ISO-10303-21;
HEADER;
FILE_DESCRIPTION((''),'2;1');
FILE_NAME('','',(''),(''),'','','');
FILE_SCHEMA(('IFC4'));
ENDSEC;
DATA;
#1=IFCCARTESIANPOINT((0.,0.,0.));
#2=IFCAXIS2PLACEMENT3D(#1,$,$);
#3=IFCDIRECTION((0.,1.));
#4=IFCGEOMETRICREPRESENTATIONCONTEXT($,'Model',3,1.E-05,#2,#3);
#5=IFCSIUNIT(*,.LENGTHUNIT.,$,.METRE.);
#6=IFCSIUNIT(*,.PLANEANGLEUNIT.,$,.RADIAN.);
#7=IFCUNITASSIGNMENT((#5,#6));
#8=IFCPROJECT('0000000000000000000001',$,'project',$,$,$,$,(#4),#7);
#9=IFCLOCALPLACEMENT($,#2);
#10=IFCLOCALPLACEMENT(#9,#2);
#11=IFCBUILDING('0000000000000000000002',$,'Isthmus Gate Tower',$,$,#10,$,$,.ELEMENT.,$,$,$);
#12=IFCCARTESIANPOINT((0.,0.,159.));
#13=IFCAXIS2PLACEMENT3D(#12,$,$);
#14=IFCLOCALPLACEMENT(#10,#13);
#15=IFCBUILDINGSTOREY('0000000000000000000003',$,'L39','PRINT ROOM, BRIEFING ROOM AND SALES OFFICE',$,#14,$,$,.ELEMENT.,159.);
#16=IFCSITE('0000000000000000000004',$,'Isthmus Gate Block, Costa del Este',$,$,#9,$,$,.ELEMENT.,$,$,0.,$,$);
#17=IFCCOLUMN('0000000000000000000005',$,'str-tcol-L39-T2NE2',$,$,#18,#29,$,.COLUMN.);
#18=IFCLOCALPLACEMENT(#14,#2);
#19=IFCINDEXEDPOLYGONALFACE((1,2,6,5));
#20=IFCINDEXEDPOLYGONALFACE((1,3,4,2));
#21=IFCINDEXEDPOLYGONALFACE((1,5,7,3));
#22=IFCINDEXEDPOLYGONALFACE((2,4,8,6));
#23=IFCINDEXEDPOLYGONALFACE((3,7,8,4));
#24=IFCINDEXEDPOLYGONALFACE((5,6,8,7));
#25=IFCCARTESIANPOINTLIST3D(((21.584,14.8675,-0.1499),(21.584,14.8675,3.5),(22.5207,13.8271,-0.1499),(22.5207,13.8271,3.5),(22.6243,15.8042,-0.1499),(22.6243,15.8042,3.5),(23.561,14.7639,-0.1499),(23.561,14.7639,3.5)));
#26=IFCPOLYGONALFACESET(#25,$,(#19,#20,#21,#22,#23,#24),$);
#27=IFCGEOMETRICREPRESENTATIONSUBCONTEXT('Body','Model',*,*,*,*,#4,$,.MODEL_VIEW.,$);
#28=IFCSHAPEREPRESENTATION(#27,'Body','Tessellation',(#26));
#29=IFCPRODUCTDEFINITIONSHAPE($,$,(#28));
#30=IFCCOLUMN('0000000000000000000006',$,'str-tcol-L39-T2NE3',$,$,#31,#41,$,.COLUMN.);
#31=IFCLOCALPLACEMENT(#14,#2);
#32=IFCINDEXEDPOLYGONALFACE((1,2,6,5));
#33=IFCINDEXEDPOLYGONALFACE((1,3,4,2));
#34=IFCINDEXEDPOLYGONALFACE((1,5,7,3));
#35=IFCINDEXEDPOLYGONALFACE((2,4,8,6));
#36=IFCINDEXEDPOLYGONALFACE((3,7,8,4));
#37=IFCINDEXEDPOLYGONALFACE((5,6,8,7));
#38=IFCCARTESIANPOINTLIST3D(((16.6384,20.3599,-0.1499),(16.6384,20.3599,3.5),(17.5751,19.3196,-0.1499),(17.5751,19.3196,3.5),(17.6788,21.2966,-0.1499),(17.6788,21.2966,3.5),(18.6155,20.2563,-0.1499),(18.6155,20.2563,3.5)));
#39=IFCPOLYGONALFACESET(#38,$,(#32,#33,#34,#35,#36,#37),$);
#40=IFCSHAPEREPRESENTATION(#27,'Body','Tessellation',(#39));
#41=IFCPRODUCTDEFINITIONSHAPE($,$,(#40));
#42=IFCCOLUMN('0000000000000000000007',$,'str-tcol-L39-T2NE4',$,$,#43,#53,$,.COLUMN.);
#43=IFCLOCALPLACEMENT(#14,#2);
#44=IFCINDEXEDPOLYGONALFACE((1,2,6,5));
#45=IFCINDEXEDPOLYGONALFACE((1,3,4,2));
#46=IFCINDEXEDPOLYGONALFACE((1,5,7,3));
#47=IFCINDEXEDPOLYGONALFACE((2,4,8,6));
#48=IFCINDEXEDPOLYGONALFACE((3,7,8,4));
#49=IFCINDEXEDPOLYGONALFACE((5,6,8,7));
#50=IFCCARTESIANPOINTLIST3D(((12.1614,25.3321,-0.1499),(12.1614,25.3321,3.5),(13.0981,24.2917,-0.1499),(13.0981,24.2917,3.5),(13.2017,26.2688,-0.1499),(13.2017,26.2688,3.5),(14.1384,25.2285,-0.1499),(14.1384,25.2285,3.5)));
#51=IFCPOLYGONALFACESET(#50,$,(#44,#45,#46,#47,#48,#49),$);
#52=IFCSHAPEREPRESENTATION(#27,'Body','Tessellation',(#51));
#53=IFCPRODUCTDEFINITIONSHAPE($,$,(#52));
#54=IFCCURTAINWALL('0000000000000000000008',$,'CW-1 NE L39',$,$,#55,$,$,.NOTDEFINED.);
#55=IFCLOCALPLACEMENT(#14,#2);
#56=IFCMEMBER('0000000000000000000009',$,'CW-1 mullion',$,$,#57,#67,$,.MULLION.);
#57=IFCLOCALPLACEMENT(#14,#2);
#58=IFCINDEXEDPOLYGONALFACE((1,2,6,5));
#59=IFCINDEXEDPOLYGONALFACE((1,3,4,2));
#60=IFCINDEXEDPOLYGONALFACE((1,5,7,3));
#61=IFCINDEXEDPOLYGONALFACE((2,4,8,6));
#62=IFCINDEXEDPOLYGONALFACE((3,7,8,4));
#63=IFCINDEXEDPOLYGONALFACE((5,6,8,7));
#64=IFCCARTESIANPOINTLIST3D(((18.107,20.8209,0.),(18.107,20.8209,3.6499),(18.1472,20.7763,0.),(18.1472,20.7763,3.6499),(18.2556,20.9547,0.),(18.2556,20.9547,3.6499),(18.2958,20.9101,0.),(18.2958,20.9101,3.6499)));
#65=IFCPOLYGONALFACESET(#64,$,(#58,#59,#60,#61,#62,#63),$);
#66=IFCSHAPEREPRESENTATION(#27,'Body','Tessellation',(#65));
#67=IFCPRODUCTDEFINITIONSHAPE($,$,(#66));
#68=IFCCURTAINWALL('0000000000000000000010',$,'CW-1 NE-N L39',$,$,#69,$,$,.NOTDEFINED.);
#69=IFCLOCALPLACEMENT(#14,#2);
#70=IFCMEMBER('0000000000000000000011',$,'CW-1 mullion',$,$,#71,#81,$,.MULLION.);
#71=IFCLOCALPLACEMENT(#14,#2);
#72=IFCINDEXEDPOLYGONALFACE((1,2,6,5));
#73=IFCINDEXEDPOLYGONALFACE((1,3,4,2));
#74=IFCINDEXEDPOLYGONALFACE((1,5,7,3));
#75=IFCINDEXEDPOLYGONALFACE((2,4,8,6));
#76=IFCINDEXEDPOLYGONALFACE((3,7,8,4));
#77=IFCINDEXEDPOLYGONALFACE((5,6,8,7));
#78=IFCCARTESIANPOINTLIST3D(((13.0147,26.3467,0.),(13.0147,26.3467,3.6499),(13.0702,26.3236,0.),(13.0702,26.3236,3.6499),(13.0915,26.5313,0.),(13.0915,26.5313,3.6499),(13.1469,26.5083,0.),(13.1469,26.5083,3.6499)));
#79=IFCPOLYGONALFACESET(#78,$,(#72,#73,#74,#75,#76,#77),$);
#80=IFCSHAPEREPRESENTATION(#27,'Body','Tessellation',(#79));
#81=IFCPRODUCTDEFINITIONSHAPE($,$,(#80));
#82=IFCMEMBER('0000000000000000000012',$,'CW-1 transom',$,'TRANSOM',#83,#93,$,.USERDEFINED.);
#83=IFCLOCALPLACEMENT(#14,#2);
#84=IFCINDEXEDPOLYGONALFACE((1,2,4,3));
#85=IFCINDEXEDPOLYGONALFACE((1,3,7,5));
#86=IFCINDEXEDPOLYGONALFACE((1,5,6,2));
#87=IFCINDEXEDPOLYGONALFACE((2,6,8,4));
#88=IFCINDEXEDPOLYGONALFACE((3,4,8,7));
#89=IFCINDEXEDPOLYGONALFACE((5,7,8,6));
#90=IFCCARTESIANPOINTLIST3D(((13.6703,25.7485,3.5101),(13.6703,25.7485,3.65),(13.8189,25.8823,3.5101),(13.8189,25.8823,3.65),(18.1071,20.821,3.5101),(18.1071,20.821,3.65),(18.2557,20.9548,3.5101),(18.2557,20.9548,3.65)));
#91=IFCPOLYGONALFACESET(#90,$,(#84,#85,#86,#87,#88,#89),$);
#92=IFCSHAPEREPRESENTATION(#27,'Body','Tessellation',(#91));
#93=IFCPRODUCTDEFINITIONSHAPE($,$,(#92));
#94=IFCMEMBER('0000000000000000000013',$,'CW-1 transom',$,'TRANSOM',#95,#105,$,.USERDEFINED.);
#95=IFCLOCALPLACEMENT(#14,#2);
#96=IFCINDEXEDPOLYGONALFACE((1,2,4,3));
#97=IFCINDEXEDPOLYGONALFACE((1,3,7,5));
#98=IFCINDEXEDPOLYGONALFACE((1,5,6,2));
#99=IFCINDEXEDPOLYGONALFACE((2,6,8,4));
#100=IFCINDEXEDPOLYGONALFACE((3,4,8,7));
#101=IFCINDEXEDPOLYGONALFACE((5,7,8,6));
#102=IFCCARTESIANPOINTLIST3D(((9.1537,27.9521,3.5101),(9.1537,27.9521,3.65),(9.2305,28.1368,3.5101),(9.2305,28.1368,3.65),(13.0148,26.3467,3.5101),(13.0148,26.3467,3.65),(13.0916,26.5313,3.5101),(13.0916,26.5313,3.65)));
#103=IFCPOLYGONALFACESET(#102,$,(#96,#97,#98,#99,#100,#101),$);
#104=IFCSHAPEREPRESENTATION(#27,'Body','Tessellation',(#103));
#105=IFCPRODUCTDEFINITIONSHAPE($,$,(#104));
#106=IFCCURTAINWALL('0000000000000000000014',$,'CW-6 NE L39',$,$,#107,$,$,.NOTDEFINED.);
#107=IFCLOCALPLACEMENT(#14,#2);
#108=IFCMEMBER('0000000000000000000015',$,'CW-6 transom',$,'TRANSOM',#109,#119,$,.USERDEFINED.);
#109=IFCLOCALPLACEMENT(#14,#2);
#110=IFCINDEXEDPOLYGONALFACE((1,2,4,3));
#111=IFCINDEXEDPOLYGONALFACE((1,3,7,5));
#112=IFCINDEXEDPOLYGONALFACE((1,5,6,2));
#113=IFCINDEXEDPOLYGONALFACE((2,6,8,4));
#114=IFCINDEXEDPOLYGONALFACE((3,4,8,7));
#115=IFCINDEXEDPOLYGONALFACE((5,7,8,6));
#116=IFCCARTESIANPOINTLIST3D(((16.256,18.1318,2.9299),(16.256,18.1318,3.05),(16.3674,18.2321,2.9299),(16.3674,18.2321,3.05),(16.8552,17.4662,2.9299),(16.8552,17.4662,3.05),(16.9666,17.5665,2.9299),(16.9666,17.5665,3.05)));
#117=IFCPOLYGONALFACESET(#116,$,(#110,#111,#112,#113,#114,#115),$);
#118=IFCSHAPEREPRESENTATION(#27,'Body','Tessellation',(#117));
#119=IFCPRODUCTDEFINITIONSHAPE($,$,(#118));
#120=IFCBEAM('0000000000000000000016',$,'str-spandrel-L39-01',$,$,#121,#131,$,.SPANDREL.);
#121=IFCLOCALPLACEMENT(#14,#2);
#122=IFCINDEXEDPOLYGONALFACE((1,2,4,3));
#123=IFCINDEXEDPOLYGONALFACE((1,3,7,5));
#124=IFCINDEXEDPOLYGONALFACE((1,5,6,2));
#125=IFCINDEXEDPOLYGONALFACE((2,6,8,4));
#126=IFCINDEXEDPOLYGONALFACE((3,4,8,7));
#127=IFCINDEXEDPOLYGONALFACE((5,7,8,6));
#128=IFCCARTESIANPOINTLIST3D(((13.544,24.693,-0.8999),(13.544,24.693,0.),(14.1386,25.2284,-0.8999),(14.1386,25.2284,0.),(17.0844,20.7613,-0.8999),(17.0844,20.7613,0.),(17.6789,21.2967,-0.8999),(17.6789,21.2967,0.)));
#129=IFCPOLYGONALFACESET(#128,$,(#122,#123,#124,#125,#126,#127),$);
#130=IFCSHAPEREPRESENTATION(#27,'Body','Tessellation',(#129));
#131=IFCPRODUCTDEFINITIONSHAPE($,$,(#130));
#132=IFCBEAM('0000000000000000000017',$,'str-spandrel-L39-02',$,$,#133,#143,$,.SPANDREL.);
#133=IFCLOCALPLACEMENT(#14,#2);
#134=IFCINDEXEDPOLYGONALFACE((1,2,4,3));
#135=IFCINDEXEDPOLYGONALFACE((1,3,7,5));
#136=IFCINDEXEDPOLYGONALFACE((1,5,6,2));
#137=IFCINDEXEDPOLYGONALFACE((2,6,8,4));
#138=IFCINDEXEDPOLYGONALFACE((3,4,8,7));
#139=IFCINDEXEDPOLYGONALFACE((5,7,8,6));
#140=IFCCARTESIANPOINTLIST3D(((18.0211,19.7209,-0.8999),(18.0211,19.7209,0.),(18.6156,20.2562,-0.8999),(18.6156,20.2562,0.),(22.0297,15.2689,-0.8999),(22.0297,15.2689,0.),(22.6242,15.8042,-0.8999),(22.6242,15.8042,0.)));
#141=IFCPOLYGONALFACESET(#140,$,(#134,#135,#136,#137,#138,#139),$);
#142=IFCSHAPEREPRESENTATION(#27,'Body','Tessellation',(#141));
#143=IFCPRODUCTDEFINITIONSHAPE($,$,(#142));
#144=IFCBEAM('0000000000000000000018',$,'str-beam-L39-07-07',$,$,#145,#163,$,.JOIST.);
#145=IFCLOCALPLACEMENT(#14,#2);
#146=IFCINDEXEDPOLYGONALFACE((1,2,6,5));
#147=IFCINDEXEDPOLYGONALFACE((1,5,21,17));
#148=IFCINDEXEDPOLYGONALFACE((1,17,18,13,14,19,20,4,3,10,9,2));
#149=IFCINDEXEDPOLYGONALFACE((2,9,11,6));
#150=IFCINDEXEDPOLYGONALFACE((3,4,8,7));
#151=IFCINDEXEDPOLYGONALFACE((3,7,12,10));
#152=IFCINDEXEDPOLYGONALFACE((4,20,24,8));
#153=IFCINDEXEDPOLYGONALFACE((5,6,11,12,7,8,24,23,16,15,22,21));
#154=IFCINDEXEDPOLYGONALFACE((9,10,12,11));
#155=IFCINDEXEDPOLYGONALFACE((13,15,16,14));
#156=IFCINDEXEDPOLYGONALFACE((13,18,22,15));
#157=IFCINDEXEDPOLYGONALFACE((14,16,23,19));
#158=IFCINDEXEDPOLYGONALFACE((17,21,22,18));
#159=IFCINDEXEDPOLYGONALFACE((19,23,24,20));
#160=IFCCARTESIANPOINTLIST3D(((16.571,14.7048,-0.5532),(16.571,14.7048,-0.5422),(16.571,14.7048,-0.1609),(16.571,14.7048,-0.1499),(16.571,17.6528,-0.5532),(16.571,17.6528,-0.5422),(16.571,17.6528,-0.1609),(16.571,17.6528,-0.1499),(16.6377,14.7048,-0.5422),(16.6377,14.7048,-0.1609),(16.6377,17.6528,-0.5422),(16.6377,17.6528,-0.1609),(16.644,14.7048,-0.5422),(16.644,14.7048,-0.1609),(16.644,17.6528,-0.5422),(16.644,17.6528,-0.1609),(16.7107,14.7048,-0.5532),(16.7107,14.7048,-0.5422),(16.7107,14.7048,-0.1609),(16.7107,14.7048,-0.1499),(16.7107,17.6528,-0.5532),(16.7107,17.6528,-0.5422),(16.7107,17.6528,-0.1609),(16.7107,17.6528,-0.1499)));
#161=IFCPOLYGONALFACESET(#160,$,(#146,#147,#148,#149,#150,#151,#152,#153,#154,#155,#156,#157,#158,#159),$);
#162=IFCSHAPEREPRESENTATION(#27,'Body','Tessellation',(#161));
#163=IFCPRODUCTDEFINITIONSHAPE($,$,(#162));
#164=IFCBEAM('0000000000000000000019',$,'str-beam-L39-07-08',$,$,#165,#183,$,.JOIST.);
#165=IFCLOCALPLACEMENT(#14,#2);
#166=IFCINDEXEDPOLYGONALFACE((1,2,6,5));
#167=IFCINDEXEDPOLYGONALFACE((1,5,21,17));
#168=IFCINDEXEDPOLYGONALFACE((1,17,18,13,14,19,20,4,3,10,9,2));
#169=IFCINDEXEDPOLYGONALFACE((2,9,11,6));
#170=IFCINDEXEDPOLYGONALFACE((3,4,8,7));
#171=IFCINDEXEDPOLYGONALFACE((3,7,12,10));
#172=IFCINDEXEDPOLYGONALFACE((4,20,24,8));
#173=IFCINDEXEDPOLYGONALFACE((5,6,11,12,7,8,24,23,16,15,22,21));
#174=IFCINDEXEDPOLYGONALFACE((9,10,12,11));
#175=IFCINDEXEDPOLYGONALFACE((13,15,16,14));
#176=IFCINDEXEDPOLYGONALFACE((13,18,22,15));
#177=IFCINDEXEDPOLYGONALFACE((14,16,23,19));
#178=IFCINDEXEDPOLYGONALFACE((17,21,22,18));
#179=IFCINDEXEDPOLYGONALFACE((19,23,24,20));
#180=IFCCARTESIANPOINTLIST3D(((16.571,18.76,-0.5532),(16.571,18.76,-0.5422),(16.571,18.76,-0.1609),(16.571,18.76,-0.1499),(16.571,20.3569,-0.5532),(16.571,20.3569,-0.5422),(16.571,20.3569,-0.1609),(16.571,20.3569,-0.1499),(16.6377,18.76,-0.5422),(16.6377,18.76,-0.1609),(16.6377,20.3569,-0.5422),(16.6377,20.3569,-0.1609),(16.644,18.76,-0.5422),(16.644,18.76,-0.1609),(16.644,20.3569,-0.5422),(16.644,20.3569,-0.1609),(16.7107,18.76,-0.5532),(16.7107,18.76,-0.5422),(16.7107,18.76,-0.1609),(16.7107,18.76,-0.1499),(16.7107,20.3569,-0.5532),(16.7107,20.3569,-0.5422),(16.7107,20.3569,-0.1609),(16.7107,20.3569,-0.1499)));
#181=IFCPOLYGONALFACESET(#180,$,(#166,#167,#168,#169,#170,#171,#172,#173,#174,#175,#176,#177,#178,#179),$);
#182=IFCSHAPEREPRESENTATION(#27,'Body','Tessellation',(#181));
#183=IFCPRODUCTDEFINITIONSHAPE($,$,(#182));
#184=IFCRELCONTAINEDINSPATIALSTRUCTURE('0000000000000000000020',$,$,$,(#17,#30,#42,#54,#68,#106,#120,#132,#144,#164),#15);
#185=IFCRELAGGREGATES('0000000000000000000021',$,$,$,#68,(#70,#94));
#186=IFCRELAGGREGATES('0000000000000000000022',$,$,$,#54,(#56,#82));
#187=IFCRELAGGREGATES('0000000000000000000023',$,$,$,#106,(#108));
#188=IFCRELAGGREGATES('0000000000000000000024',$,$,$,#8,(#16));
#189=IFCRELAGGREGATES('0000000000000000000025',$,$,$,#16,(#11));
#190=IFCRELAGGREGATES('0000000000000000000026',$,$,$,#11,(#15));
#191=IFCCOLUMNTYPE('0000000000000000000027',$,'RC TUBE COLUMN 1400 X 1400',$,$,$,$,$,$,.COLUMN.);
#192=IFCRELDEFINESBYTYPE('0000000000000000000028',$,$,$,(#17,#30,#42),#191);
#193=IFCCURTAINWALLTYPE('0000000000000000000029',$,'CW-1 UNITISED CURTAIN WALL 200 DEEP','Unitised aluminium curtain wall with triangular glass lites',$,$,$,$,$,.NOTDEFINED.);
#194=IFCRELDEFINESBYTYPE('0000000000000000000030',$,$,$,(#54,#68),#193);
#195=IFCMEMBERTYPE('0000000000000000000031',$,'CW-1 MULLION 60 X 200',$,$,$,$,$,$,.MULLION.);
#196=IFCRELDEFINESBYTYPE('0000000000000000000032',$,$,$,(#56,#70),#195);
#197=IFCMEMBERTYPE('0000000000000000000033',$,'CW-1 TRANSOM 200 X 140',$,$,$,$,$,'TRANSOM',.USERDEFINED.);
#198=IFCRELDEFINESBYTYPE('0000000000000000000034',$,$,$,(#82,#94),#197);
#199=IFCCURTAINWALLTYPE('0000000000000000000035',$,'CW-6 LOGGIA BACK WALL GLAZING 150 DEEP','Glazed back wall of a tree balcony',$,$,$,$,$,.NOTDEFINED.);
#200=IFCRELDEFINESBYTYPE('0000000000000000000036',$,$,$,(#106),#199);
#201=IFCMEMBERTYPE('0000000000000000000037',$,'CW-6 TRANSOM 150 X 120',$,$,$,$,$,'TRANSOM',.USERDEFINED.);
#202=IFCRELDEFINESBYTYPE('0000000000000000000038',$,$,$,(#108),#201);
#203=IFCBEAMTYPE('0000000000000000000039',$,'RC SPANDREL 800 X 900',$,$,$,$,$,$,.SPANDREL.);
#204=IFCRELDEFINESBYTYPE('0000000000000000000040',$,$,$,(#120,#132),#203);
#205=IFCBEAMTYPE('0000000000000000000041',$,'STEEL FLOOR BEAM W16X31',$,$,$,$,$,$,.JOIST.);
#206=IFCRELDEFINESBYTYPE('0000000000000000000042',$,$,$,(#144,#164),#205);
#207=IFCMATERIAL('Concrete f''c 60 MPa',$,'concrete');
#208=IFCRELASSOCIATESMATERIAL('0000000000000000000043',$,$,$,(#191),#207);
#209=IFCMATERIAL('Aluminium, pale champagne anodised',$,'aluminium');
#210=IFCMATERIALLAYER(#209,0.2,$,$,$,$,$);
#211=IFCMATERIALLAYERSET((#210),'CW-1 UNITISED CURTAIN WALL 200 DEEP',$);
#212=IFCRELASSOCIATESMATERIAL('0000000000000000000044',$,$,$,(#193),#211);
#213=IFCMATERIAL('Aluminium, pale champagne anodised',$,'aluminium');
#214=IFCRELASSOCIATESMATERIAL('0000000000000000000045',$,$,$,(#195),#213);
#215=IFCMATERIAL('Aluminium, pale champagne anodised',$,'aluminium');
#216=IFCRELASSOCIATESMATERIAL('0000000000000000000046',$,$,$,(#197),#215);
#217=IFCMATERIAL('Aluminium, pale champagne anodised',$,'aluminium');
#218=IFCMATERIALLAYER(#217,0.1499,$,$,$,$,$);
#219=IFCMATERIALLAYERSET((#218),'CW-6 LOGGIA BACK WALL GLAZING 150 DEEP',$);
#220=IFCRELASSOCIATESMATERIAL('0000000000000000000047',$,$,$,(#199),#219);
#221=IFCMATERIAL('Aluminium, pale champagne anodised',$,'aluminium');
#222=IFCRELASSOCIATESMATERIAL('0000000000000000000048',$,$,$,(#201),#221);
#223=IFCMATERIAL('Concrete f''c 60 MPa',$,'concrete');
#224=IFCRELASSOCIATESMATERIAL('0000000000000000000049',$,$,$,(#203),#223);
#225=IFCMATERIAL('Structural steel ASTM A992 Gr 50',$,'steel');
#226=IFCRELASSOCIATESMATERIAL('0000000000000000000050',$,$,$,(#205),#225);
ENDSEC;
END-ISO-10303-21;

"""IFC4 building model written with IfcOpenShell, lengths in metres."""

from ifc_helpers import new_model, si_unit, direction, frame, origin, origin_2d, place, context, subcontext, project, spatial, rectangle, i_section, extrude, material, layer, layer_set, material_profile, profile_set, type_object, element, aggregate, save


model = new_model("IFC4")

# Units and contexts
model_context = context("Model", 3, precision=1e-05, world=origin(), true_north=direction((0.0, 1.0)))
body_context = subcontext(model_context, "Body", "Model", "MODEL_VIEW")
ifc_project = project(units=[si_unit("LENGTHUNIT", "METRE"), si_unit("PLANEANGLEUNIT", "RADIAN")], contexts=[model_context])

# Site, building, storey
site_placement = place(None, origin())
site = spatial("IfcSite", under=ifc_project, at=site_placement, Name="Isthmus Gate Block, Costa del Este", CompositionType="ELEMENT", RefElevation=0.0)
building_placement = place(site_placement, origin())
building = spatial("IfcBuilding", under=site, at=building_placement, Name="Isthmus Gate Tower", CompositionType="ELEMENT")
storey_placement = place(building_placement, frame((0.0, 0.0, 159.0)))
storey = spatial("IfcBuildingStorey", under=building, at=storey_placement, Name="L39", Description="PRINT ROOM, BRIEFING ROOM AND SALES OFFICE", CompositionType="ELEMENT", Elevation=159.0)

# Columns
ifc_material_1 = material(Name="Concrete f'c 60 MPa", Category="concrete")
ifc_material_profile_1 = material_profile(ifc_material_1, rectangle(XDim=1.3999, YDim=1.3999, at=origin_2d()), Name="RC 1400X1400")
ifc_profile_set_1 = profile_set([ifc_material_profile_1], Name="Concrete f'c 60 MPa")
column_type = type_object("IfcColumnType", Name="RC TUBE COLUMN 1400 X 1400", PredefinedType="COLUMN", material=ifc_profile_set_1)
for number, where, z_axis, x_axis, name in (
    (1, (22.5725, 14.8157, -0.1499), (0.0, 0.0, 1.0), (-0.669131, 0.743145, 0.0), "str-tcol-L39-T2NE2"),
    (2, (17.627, 20.3081, -0.1499), (0.0, 0.0, 1.0), (-0.669131, 0.743145, 0.0), "str-tcol-L39-T2NE3"),
    (3, (13.1499, 25.2803, -0.1499), (0.0, 0.0, 1.0), (-0.669131, 0.743145, 0.0), "str-tcol-L39-T2NE4"),
):
    element("IfcColumn", number, at=place(storey_placement, frame(where, z_axis=z_axis, x_axis=x_axis)), inside=storey, type_object=column_type, Name=name, PredefinedType="COLUMN", context=body_context, shape_type="SweptSolid", body=[
        extrude(rectangle(XDim=1.3999, YDim=1.3999, at=origin_2d()), origin(), (0.0, 0.0, 1.0), 3.6499),
    ])

# Curtain walls, members
ifc_material_2 = material(Name="Aluminium, pale champagne anodised", Category="aluminium")
ifc_layer_1 = layer(ifc_material_2, 0.2)
ifc_layer_set_1 = layer_set([ifc_layer_1], Name="CW-1 UNITISED CURTAIN WALL 200 DEEP")
curtain_wall_type_1 = type_object("IfcCurtainWallType", Name="CW-1 UNITISED CURTAIN WALL 200 DEEP", Description="Unitised aluminium curtain wall with triangular glass lites", PredefinedType="NOTDEFINED", material=ifc_layer_set_1)
curtain_wall_1_placement = place(storey_placement, origin())
curtain_wall_1 = element("IfcCurtainWall", 4, at=curtain_wall_1_placement, inside=storey, type_object=curtain_wall_type_1, Name="CW-1 NE L39", PredefinedType="NOTDEFINED")
ifc_material_3 = material(Name="Aluminium, pale champagne anodised", Category="aluminium")
ifc_material_profile_2 = material_profile(ifc_material_3, rectangle(XDim=0.0601, YDim=0.2, at=origin_2d()), Name="60x200")
ifc_profile_set_2 = profile_set([ifc_material_profile_2], Name="Aluminium, pale champagne anodised")
member_type_1 = type_object("IfcMemberType", Name="CW-1 MULLION 60 X 200", PredefinedType="MULLION", material=ifc_profile_set_2)
member_1_placement = place(storey_placement, frame((18.2014, 20.8655, 0.0), z_axis=(0.0, 0.0, 1.0), x_axis=(-0.669131, 0.743145, 0.0)))
member_1 = element("IfcMember", 5, at=member_1_placement, type_object=member_type_1, Name="CW-1 mullion", PredefinedType="MULLION", context=body_context, shape_type="SweptSolid", body=[
    extrude(rectangle(XDim=0.0601, YDim=0.2, at=origin_2d()), origin(), (0.0, 0.0, 1.0), 3.6499),
])
curtain_wall_2_placement = place(storey_placement, origin())
curtain_wall_2 = element("IfcCurtainWall", 6, at=curtain_wall_2_placement, inside=storey, type_object=curtain_wall_type_1, Name="CW-1 NE-N L39", PredefinedType="NOTDEFINED")
member_2_placement = place(storey_placement, frame((13.0808, 26.4275, 0.0), z_axis=(0.0, 0.0, 1.0), x_axis=(-0.923353, 0.383952, 0.0)))
member_2 = element("IfcMember", 7, at=member_2_placement, type_object=member_type_1, Name="CW-1 mullion", PredefinedType="MULLION", context=body_context, shape_type="SweptSolid", body=[
    extrude(rectangle(XDim=0.0601, YDim=0.2, at=origin_2d()), origin(), (0.0, 0.0, 1.0), 3.6499),
])

# Members
ifc_material_4 = material(Name="Aluminium, pale champagne anodised", Category="aluminium")
ifc_material_profile_3 = material_profile(ifc_material_4, rectangle(XDim=0.2, YDim=0.1399, at=origin_2d()), Name="200x140")
ifc_profile_set_3 = profile_set([ifc_material_profile_3], Name="Aluminium, pale champagne anodised")
member_type_2 = type_object("IfcMemberType", Name="CW-1 TRANSOM 200 X 140", ElementType="TRANSOM", PredefinedType="USERDEFINED", material=ifc_profile_set_3)
member_3_placement = place(storey_placement, frame((18.1814, 20.8879, 3.5801), z_axis=(-0.669134, 0.743142, 0.0), x_axis=(-0.743142, -0.669134, 0.0)))
member_3 = element("IfcMember", 8, at=member_3_placement, type_object=member_type_2, Name="CW-1 transom", ObjectType="TRANSOM", PredefinedType="USERDEFINED", context=body_context, shape_type="SweptSolid", body=[
    extrude(rectangle(XDim=0.2, YDim=0.1399, at=origin_2d()), origin(), (0.0, 0.0, 1.0), 6.6306),
])
member_4_placement = place(storey_placement, frame((13.0532, 26.439, 3.5801), z_axis=(-0.923358, 0.38394, 0.0), x_axis=(-0.38394, -0.923358, 0.0)))
member_4 = element("IfcMember", 9, at=member_4_placement, type_object=member_type_2, Name="CW-1 transom", ObjectType="TRANSOM", PredefinedType="USERDEFINED", context=body_context, shape_type="SweptSolid", body=[
    extrude(rectangle(XDim=0.2, YDim=0.1399, at=origin_2d()), origin(), (0.0, 0.0, 1.0), 4.1816),
])
aggregate(curtain_wall_2, [member_2, member_4])

# Curtain wall, member
ifc_material_5 = material(Name="Aluminium, pale champagne anodised", Category="aluminium")
ifc_layer_2 = layer(ifc_material_5, 0.1499)
ifc_layer_set_2 = layer_set([ifc_layer_2], Name="CW-6 LOGGIA BACK WALL GLAZING 150 DEEP")
curtain_wall_type_2 = type_object("IfcCurtainWallType", Name="CW-6 LOGGIA BACK WALL GLAZING 150 DEEP", Description="Glazed back wall of a tree balcony", PredefinedType="NOTDEFINED", material=ifc_layer_set_2)
curtain_wall_3_placement = place(storey_placement, origin())
curtain_wall_3 = element("IfcCurtainWall", 10, at=curtain_wall_3_placement, inside=storey, type_object=curtain_wall_type_2, Name="CW-6 NE L39", PredefinedType="NOTDEFINED")
ifc_material_6 = material(Name="Aluminium, pale champagne anodised", Category="aluminium")
ifc_material_profile_4 = material_profile(ifc_material_6, rectangle(XDim=0.1499, YDim=0.1201, at=origin_2d()), Name="150x120")
ifc_profile_set_4 = profile_set([ifc_material_profile_4], Name="Aluminium, pale champagne anodised")
member_type_3 = type_object("IfcMemberType", Name="CW-6 TRANSOM 150 X 120", ElementType="TRANSOM", PredefinedType="USERDEFINED", material=ifc_profile_set_4)
member_5_placement = place(storey_placement, frame((16.9109, 17.5164, 2.99), z_axis=(-0.669055, 0.743213, 0.0), x_axis=(-0.743213, -0.669055, 0.0)))
member_5 = element("IfcMember", 11, at=member_5_placement, type_object=member_type_3, Name="CW-6 transom", ObjectType="TRANSOM", PredefinedType="USERDEFINED", context=body_context, shape_type="SweptSolid", body=[
    extrude(rectangle(XDim=0.1499, YDim=0.1201, at=origin_2d()), origin(), (0.0, 0.0, 1.0), 0.8955),
])

# Beams
ifc_material_7 = material(Name="Concrete f'c 60 MPa", Category="concrete")
ifc_material_profile_5 = material_profile(ifc_material_7, rectangle(XDim=0.8, YDim=0.8999, at=origin_2d()), Name="RC 800X900")
ifc_profile_set_5 = profile_set([ifc_material_profile_5], Name="Concrete f'c 60 MPa")
beam_type_1 = type_object("IfcBeamType", Name="RC SPANDREL 800 X 900", PredefinedType="SPANDREL", material=ifc_profile_set_5)
beam_1_placement = place(storey_placement, frame((13.8413, 24.9607, -0.45), z_axis=(0.669153, -0.743124, 0.0), x_axis=(0.743124, 0.669153, 0.0)))
element("IfcBeam", 12, at=beam_1_placement, inside=storey, type_object=beam_type_1, Name="str-spandrel-L39-01", PredefinedType="SPANDREL", context=body_context, shape_type="SweptSolid", body=[
    extrude(rectangle(XDim=0.8, YDim=0.8999, at=origin_2d()), origin(), (0.0, 0.0, 1.0), 5.2908),
])
beam_2_placement = place(storey_placement, frame((18.3184, 19.9885, -0.45), z_axis=(0.669134, -0.743142, 0.0), x_axis=(0.743142, 0.669134, 0.0)))
element("IfcBeam", 13, at=beam_2_placement, inside=storey, type_object=beam_type_1, Name="str-spandrel-L39-02", PredefinedType="SPANDREL", context=body_context, shape_type="SweptSolid", body=[
    extrude(rectangle(XDim=0.8, YDim=0.8999, at=origin_2d()), origin(), (0.0, 0.0, 1.0), 5.9907),
])
ifc_material_8 = material(Name="Structural steel ASTM A992 Gr 50", Category="steel")
ifc_material_profile_6 = material_profile(ifc_material_8, i_section(OverallWidth=0.1396, OverallDepth=0.4033, WebThickness=0.0063, FlangeThickness=0.011, at=origin_2d()), Name="W16X31")
ifc_profile_set_6 = profile_set([ifc_material_profile_6], Name="Structural steel ASTM A992 Gr 50")
beam_type_2 = type_object("IfcBeamType", Name="STEEL FLOOR BEAM W16X31", PredefinedType="JOIST", material=ifc_profile_set_6)
beam_3_placement = place(storey_placement, frame((16.6409, 14.7048, -0.3516), z_axis=(0.0, 1.0, 0.0), x_axis=(-1.0, 0.0, 0.0)))
element("IfcBeam", 14, at=beam_3_placement, inside=storey, type_object=beam_type_2, Name="str-beam-L39-07-07", PredefinedType="JOIST", context=body_context, shape_type="SweptSolid", body=[
    extrude(i_section(OverallWidth=0.1396, OverallDepth=0.4033, WebThickness=0.0063, FlangeThickness=0.011, at=origin_2d()), origin(), (0.0, 0.0, 1.0), 2.948),
])
beam_4_placement = place(storey_placement, frame((16.6409, 18.76, -0.3516), z_axis=(0.0, 1.0, 0.0), x_axis=(-1.0, 0.0, 0.0)))
element("IfcBeam", 15, at=beam_4_placement, inside=storey, type_object=beam_type_2, Name="str-beam-L39-07-08", PredefinedType="JOIST", context=body_context, shape_type="SweptSolid", body=[
    extrude(i_section(OverallWidth=0.1396, OverallDepth=0.4033, WebThickness=0.0063, FlangeThickness=0.011, at=origin_2d()), origin(), (0.0, 0.0, 1.0), 1.5969),
])

aggregate(curtain_wall_1, [member_1, member_3])
aggregate(curtain_wall_3, [member_5])

save(model, "model.ifc")
